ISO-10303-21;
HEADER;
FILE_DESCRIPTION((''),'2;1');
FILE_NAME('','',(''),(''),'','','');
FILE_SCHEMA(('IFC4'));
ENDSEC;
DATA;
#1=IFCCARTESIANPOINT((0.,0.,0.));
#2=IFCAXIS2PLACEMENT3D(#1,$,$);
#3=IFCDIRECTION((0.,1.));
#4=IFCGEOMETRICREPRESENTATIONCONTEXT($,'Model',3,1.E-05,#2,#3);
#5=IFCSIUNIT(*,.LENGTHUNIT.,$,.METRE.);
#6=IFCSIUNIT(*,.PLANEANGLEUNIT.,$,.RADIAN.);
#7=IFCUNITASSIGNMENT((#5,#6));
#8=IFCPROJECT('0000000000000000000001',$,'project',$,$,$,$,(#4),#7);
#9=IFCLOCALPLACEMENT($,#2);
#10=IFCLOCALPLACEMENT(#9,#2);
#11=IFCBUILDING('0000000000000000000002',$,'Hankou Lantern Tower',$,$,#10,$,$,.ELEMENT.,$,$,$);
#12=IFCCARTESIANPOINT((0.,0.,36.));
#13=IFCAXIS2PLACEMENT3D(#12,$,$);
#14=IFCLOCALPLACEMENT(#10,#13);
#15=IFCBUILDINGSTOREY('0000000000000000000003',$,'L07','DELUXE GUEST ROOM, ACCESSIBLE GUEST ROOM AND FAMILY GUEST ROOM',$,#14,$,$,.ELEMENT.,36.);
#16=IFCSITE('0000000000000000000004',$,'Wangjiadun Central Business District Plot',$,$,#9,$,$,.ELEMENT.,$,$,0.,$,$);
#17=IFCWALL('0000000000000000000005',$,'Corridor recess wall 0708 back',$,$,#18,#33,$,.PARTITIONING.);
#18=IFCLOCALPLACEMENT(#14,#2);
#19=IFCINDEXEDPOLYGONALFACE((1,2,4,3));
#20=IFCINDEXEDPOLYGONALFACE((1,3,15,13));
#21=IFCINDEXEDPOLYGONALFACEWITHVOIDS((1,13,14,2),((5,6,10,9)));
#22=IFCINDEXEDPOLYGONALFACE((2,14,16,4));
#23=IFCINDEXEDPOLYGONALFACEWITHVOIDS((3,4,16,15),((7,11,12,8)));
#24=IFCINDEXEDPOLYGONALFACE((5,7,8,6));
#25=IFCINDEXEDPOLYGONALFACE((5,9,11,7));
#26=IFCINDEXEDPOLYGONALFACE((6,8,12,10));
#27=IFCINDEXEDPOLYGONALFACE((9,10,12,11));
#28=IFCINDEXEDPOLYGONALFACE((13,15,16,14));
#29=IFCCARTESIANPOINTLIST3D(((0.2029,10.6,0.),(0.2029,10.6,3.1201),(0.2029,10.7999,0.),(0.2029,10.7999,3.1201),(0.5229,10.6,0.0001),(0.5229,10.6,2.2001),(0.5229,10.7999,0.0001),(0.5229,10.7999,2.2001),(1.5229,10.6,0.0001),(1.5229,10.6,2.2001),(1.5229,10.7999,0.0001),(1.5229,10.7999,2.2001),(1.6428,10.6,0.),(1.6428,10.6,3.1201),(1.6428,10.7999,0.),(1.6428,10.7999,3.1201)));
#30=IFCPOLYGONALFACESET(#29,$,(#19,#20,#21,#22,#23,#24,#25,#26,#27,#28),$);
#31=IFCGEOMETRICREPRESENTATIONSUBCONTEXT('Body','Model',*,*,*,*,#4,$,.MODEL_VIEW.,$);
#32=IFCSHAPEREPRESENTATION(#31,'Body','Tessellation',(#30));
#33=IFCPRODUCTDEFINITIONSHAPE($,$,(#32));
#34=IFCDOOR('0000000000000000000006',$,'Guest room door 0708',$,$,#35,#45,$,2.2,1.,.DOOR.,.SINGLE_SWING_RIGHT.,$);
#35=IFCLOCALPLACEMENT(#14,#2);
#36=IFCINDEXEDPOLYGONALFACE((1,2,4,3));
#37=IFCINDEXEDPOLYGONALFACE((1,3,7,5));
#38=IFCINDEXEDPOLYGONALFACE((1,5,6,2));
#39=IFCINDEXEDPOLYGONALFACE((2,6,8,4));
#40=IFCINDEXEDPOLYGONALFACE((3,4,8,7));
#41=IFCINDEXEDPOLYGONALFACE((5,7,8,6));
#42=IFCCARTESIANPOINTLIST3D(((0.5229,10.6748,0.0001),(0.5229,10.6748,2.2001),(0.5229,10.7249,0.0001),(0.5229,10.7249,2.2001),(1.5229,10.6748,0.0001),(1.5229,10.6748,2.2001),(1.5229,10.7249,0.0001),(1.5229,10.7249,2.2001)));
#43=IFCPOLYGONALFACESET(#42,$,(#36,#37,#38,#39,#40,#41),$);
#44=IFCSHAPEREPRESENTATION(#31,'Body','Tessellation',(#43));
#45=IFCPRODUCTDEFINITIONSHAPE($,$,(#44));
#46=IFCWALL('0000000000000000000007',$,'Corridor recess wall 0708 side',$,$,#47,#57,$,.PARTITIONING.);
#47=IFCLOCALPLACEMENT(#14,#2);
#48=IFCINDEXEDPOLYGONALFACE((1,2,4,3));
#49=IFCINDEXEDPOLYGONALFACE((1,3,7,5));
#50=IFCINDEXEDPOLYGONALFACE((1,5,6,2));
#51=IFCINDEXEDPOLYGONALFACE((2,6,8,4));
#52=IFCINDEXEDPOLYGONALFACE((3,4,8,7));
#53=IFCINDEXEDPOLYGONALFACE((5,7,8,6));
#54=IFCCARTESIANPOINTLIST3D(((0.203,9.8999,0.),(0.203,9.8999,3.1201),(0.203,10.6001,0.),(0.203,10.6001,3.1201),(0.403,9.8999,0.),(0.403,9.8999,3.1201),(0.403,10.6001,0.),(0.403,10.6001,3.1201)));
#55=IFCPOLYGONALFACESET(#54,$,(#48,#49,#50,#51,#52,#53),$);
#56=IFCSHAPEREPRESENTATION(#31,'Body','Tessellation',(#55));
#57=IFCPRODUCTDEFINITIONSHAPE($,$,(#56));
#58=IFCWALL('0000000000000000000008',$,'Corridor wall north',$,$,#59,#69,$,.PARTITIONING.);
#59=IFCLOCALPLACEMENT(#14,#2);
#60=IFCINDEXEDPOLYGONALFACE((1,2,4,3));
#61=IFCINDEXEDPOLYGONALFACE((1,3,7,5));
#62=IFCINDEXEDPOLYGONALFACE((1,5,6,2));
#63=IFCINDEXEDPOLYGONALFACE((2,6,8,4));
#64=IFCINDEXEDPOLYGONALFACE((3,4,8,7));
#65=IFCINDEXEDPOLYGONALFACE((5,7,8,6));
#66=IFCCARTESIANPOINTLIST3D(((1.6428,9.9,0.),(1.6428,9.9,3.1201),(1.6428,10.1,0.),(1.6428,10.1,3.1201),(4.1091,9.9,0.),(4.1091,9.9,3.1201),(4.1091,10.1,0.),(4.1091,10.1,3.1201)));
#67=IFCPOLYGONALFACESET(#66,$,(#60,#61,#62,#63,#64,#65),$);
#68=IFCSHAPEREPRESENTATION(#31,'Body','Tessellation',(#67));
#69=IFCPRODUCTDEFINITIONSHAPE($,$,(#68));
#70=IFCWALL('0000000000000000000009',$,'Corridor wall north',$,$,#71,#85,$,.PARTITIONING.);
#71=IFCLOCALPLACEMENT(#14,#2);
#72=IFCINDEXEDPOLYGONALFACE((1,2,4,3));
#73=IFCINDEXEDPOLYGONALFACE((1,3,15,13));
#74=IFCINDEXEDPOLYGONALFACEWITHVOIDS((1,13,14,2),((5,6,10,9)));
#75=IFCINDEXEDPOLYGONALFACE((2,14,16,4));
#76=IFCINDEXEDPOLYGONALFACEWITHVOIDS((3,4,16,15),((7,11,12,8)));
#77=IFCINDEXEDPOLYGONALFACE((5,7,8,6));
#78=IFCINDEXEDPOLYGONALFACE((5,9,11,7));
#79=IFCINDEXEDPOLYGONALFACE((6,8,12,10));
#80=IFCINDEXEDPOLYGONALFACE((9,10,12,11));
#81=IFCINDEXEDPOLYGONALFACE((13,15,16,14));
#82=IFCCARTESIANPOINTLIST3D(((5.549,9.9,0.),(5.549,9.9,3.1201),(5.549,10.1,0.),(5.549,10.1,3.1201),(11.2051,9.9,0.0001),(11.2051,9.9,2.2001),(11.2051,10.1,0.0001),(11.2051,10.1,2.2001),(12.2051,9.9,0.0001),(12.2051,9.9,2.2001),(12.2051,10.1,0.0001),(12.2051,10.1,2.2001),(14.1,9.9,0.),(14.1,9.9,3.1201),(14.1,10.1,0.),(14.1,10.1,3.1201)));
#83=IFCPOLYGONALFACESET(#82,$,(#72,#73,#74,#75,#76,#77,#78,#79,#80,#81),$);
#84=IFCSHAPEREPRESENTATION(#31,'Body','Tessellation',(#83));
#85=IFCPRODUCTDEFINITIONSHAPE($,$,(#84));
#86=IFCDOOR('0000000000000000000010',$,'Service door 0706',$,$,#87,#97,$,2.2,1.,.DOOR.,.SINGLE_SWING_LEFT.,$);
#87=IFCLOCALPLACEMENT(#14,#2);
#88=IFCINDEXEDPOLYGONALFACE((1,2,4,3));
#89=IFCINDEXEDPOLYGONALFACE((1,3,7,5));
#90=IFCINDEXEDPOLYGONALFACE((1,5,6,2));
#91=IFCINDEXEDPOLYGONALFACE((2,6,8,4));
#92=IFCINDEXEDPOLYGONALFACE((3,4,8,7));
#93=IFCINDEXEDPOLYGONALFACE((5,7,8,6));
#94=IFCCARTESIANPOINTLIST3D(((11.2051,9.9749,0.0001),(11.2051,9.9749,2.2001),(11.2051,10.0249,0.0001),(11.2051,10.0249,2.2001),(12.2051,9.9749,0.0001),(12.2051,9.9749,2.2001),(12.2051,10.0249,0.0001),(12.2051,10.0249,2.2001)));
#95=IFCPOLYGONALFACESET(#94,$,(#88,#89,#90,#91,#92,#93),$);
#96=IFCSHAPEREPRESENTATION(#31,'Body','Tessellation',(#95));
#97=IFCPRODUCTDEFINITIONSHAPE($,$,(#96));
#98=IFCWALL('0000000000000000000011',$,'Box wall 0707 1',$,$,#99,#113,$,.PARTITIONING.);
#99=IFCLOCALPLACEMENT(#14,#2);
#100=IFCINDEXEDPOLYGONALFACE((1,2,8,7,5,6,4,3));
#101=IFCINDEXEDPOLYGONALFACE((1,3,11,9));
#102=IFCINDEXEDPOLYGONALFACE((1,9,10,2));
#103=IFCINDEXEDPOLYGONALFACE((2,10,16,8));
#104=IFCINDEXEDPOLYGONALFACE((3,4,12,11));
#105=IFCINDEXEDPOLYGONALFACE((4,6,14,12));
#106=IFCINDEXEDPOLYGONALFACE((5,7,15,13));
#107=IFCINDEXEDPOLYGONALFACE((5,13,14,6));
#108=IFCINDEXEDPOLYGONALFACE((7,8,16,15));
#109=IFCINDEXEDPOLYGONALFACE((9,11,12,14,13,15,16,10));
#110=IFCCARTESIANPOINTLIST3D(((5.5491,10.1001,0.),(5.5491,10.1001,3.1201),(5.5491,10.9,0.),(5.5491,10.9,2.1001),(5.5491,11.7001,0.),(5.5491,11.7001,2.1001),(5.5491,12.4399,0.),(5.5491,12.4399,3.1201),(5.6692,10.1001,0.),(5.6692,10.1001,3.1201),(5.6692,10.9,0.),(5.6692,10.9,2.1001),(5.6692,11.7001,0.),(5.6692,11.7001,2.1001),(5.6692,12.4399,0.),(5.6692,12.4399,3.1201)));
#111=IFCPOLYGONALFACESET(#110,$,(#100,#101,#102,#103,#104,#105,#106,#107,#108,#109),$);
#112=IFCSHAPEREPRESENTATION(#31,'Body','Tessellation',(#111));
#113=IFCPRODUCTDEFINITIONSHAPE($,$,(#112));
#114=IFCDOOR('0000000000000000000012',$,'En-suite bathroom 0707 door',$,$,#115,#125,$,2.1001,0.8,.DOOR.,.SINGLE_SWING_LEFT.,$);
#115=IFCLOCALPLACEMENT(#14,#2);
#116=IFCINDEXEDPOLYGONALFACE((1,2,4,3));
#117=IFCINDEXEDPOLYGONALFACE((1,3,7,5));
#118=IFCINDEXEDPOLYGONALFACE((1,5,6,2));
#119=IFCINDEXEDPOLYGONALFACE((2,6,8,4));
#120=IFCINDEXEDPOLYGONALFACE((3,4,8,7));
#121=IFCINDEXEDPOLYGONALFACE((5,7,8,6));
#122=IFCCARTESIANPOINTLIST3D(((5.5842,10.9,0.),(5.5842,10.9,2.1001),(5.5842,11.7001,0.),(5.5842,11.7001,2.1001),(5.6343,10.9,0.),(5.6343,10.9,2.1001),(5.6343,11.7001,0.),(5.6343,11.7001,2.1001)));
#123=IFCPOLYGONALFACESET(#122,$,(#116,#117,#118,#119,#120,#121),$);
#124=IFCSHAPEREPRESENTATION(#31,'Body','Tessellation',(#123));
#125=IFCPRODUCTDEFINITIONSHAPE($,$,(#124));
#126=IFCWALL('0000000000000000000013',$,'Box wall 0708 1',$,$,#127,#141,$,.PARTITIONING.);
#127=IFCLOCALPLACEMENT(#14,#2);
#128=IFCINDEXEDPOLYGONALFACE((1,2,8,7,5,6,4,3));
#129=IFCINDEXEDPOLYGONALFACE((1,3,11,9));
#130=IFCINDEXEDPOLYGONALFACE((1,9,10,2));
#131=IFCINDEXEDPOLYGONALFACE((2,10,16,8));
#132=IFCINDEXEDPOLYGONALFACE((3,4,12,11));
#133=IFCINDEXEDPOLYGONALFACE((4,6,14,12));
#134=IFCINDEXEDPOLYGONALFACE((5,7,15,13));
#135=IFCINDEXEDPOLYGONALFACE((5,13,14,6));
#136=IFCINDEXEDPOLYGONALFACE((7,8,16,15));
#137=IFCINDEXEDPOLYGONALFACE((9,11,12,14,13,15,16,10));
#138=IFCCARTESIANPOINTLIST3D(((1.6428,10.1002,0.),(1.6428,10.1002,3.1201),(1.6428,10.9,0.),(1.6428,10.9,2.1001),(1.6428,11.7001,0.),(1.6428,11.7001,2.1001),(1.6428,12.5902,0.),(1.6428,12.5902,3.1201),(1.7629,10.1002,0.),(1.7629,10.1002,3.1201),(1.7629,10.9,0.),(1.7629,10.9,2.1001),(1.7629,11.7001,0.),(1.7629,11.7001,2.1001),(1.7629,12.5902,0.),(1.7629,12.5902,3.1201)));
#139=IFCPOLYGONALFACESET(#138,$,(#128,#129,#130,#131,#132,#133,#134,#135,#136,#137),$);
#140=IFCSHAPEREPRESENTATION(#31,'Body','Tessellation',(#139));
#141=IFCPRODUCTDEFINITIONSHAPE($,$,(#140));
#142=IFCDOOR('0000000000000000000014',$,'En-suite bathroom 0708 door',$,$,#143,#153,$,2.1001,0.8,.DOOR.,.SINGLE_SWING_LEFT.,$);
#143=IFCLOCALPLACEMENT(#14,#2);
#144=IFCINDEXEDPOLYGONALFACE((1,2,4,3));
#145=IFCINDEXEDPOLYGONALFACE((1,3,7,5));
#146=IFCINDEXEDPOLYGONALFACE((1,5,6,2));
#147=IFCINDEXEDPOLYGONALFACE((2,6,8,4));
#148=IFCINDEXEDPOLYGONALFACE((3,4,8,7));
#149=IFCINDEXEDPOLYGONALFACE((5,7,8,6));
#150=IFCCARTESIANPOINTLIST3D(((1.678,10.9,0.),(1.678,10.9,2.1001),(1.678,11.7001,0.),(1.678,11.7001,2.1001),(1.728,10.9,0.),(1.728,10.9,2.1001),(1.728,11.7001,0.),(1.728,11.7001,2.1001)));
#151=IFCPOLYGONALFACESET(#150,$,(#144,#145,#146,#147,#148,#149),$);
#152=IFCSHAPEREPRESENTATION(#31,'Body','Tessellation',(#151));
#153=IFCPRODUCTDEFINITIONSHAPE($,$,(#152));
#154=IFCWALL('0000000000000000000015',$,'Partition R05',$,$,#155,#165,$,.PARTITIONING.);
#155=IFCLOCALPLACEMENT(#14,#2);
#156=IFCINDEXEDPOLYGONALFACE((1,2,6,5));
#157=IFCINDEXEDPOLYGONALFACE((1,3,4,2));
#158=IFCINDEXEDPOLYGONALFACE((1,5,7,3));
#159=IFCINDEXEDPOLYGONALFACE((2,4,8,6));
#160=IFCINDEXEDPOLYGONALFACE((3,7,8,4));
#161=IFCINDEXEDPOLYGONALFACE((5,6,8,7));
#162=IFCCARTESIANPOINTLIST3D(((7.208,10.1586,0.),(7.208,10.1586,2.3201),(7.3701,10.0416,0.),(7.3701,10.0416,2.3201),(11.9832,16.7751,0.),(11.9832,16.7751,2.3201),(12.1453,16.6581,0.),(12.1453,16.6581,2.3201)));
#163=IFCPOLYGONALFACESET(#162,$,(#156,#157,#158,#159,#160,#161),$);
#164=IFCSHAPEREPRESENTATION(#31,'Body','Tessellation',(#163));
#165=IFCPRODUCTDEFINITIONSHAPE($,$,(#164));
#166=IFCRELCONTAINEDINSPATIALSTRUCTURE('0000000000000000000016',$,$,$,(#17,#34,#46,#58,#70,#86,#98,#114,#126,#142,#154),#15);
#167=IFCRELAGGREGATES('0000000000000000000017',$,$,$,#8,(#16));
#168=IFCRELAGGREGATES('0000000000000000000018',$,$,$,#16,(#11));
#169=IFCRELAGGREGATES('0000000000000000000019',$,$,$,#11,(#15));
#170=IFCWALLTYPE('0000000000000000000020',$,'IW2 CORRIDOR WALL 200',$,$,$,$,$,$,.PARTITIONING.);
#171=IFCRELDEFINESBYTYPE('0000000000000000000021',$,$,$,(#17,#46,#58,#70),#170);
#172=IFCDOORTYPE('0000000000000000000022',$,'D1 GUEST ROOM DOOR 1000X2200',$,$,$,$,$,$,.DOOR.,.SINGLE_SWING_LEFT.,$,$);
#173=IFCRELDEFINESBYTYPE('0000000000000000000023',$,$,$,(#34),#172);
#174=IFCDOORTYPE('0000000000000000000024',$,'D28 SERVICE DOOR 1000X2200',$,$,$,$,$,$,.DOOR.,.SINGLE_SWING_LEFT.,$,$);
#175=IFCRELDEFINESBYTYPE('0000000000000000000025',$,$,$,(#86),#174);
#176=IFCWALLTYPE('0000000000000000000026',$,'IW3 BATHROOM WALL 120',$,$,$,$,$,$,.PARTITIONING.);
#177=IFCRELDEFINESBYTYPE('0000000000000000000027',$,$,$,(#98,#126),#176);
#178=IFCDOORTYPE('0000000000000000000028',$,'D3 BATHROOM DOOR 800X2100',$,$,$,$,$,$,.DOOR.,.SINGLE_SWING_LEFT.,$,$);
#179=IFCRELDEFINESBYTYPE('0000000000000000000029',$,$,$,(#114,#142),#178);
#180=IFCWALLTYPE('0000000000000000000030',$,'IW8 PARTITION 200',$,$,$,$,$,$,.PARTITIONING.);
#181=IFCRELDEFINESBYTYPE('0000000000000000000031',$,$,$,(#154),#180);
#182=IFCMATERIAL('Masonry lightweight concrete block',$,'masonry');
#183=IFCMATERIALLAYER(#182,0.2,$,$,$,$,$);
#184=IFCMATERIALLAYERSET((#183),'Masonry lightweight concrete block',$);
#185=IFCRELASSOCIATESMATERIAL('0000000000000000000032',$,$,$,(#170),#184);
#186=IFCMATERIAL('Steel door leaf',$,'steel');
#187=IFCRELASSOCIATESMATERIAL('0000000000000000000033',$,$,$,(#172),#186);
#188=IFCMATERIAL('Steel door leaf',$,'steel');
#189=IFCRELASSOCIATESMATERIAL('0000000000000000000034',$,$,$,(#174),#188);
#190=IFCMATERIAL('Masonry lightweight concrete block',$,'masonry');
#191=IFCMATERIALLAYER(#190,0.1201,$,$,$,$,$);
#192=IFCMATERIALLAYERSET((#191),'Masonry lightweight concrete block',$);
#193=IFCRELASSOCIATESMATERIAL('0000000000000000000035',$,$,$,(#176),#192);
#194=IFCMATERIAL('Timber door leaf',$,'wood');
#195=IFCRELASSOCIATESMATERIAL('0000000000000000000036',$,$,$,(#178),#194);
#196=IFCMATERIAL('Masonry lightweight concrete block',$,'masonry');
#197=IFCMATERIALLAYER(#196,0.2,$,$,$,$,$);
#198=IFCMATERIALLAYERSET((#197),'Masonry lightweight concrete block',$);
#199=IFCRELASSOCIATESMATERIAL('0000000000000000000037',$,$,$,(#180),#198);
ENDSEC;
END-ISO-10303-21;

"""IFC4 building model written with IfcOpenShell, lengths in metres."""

from ifc_helpers import new_model, si_unit, direction, frame, frame_2d, origin, place, context, subcontext, project, spatial, rectangle, extrude, material, layer, layer_set, type_object, element, fill, save


model = new_model("IFC4")

# Units and contexts
model_context = context("Model", 3, precision=1e-05, world=origin(), true_north=direction((0.0, 1.0)))
body_context = subcontext(model_context, "Body", "Model", "MODEL_VIEW")
ifc_project = project(units=[si_unit("LENGTHUNIT", "METRE"), si_unit("PLANEANGLEUNIT", "RADIAN")], contexts=[model_context])

# Site, building, storey
site_placement = place(None, origin())
site = spatial("IfcSite", under=ifc_project, at=site_placement, Name="Wangjiadun Central Business District Plot", CompositionType="ELEMENT", RefElevation=0.0)
building_placement = place(site_placement, origin())
building = spatial("IfcBuilding", under=site, at=building_placement, Name="Hankou Lantern Tower", CompositionType="ELEMENT")
storey_placement = place(building_placement, frame((0.0, 0.0, 36.0)))
storey = spatial("IfcBuildingStorey", under=building, at=storey_placement, Name="L07", Description="DELUXE GUEST ROOM, ACCESSIBLE GUEST ROOM AND FAMILY GUEST ROOM", CompositionType="ELEMENT", Elevation=36.0)

# Shared definitions
ifc_material_1 = material(Name="Masonry lightweight concrete block", Category="masonry")
ifc_layer_1 = layer(ifc_material_1, 0.2)
ifc_layer_set_1 = layer_set([ifc_layer_1], Name="Masonry lightweight concrete block")
wall_type_1 = type_object("IfcWallType", Name="IW2 CORRIDOR WALL 200", PredefinedType="PARTITIONING", material=ifc_layer_set_1)

# Wall, opening, door
wall_1_placement = place(storey_placement, frame((0.2029, 10.7, 0.0), z_axis=(0.0, 0.0, 1.0), x_axis=(1.0, 0.0, 0.0)))
wall_1 = element("IfcWall", 1, at=wall_1_placement, inside=storey, type_object=wall_type_1, Name="Corridor recess wall 0708 back", PredefinedType="PARTITIONING", context=body_context, shape_type="SweptSolid", body=[
    extrude(rectangle(XDim=1.4399, YDim=0.2, at=frame_2d((0.72, 0.0))), origin(), (0.0, 0.0, 1.0), 3.1201),
])
opening_1_placement = place(wall_1_placement, frame((0.3201, 0.0, 0.0)))
opening_1 = element("IfcOpeningElement", 2, at=opening_1_placement, cuts=wall_1, PredefinedType="OPENING", context=body_context, shape_type="SweptSolid", body=[
    extrude(rectangle(XDim=1.0, YDim=2.2, at=frame_2d((0.5, 1.1001))), frame((0.0, 0.1099, 0.0), z_axis=(0.0, -1.0, 0.0), x_axis=(1.0, 0.0, 0.0)), (0.0, 0.0, 1.0), 0.22),
])
ifc_material_2 = material(Name="Steel door leaf", Category="steel")
door_type_1 = type_object("IfcDoorType", Name="D1 GUEST ROOM DOOR 1000X2200", OperationType="SINGLE_SWING_LEFT", PredefinedType="DOOR", material=ifc_material_2)
door_1_placement = place(opening_1_placement, origin())
door_1 = element("IfcDoor", 3, at=door_1_placement, inside=storey, type_object=door_type_1, Name="Guest room door 0708", OperationType="SINGLE_SWING_RIGHT", OverallHeight=2.2, OverallWidth=1.0, PredefinedType="DOOR", context=body_context, shape_type="SweptSolid", body=[
    extrude(rectangle(XDim=1.0, YDim=2.2, at=frame_2d((0.5, 1.1001))), frame((0.0, 0.0249, 0.0), z_axis=(0.0, -1.0, 0.0), x_axis=(1.0, 0.0, 0.0)), (0.0, 0.0, 1.0), 0.05),
])
fill(opening_1, door_1)

# Walls
wall_2_placement = place(storey_placement, frame((0.303, 9.8999, 0.0), z_axis=(0.0, 0.0, 1.0), x_axis=(0.0, 1.0, 0.0)))
element("IfcWall", 4, at=wall_2_placement, inside=storey, type_object=wall_type_1, Name="Corridor recess wall 0708 side", PredefinedType="PARTITIONING", context=body_context, shape_type="SweptSolid", body=[
    extrude(rectangle(XDim=0.7002, YDim=0.2, at=frame_2d((0.3501, 0.0))), origin(), (0.0, 0.0, 1.0), 3.1201),
])
wall_3_placement = place(storey_placement, frame((1.6428, 10.0, 0.0), z_axis=(0.0, 0.0, 1.0), x_axis=(1.0, 0.0, 0.0)))
element("IfcWall", 5, at=wall_3_placement, inside=storey, type_object=wall_type_1, Name="Corridor wall north", PredefinedType="PARTITIONING", context=body_context, shape_type="SweptSolid", body=[
    extrude(rectangle(XDim=2.4663, YDim=0.2, at=frame_2d((1.2332, 0.0))), origin(), (0.0, 0.0, 1.0), 3.1201),
])

# Walls, openings, doors
wall_4_placement = place(storey_placement, frame((5.5491, 10.0, 0.0), z_axis=(0.0, 0.0, 1.0), x_axis=(1.0, 0.0, 0.0)))
wall_4 = element("IfcWall", 6, at=wall_4_placement, inside=storey, type_object=wall_type_1, Name="Corridor wall north", PredefinedType="PARTITIONING", context=body_context, shape_type="SweptSolid", body=[
    extrude(rectangle(XDim=8.551, YDim=0.2, at=frame_2d((4.2754, 0.0))), origin(), (0.0, 0.0, 1.0), 3.1201),
])
opening_2_placement = place(wall_4_placement, frame((5.656, 0.0, 0.0)))
opening_2 = element("IfcOpeningElement", 7, at=opening_2_placement, cuts=wall_4, PredefinedType="OPENING", context=body_context, shape_type="SweptSolid", body=[
    extrude(rectangle(XDim=1.0, YDim=2.2, at=frame_2d((0.5, 1.1001))), frame((0.0, 0.1099, 0.0), z_axis=(0.0, -1.0, 0.0), x_axis=(1.0, 0.0, 0.0)), (0.0, 0.0, 1.0), 0.22),
])
ifc_material_3 = material(Name="Steel door leaf", Category="steel")
door_type_2 = type_object("IfcDoorType", Name="D28 SERVICE DOOR 1000X2200", OperationType="SINGLE_SWING_LEFT", PredefinedType="DOOR", material=ifc_material_3)
door_2_placement = place(opening_2_placement, origin())
door_2 = element("IfcDoor", 8, at=door_2_placement, inside=storey, type_object=door_type_2, Name="Service door 0706", OperationType="SINGLE_SWING_LEFT", OverallHeight=2.2, OverallWidth=1.0, PredefinedType="DOOR", context=body_context, shape_type="SweptSolid", body=[
    extrude(rectangle(XDim=1.0, YDim=2.2, at=frame_2d((0.5, 1.1001))), frame((0.0, 0.0249, 0.0), z_axis=(0.0, -1.0, 0.0), x_axis=(1.0, 0.0, 0.0)), (0.0, 0.0, 1.0), 0.05),
])
fill(opening_2, door_2)
ifc_material_4 = material(Name="Masonry lightweight concrete block", Category="masonry")
ifc_layer_2 = layer(ifc_material_4, 0.1201)
ifc_layer_set_2 = layer_set([ifc_layer_2], Name="Masonry lightweight concrete block")
wall_type_2 = type_object("IfcWallType", Name="IW3 BATHROOM WALL 120", PredefinedType="PARTITIONING", material=ifc_layer_set_2)
wall_5_placement = place(storey_placement, frame((5.6091, 10.1001, 0.0), z_axis=(0.0, 0.0, 1.0), x_axis=(0.0, 1.0, 0.0)))
wall_5 = element("IfcWall", 9, at=wall_5_placement, inside=storey, type_object=wall_type_2, Name="Box wall 0707 1", PredefinedType="PARTITIONING", context=body_context, shape_type="SweptSolid", body=[
    extrude(rectangle(XDim=2.3398, YDim=0.1201, at=frame_2d((1.1699, 0.0))), origin(), (0.0, 0.0, 1.0), 3.1201),
])
opening_3_placement = place(wall_5_placement, frame((0.8, 0.0, 0.0)))
opening_3 = element("IfcOpeningElement", 10, at=opening_3_placement, cuts=wall_5, PredefinedType="OPENING", context=body_context, shape_type="SweptSolid", body=[
    extrude(rectangle(XDim=0.8, YDim=2.1001, at=frame_2d((0.3999, 1.05))), frame((0.0, 0.0701, 0.0), z_axis=(0.0, -1.0, 0.0), x_axis=(1.0, 0.0, 0.0)), (0.0, 0.0, 1.0), 0.1401),
])
ifc_material_5 = material(Name="Timber door leaf", Category="wood")
door_type_3 = type_object("IfcDoorType", Name="D3 BATHROOM DOOR 800X2100", OperationType="SINGLE_SWING_LEFT", PredefinedType="DOOR", material=ifc_material_5)
door_3_placement = place(opening_3_placement, origin())
door_3 = element("IfcDoor", 11, at=door_3_placement, inside=storey, type_object=door_type_3, Name="En-suite bathroom 0707 door", OperationType="SINGLE_SWING_LEFT", OverallHeight=2.1001, OverallWidth=0.8, PredefinedType="DOOR", context=body_context, shape_type="SweptSolid", body=[
    extrude(rectangle(XDim=0.8, YDim=2.1001, at=frame_2d((0.3999, 1.05))), frame((0.0, 0.0249, 0.0), z_axis=(0.0, -1.0, 0.0), x_axis=(1.0, 0.0, 0.0)), (0.0, 0.0, 1.0), 0.05),
])
fill(opening_3, door_3)
wall_6_placement = place(storey_placement, frame((1.7029, 10.1001, 0.0), z_axis=(0.0, 0.0, 1.0), x_axis=(0.0, 1.0, 0.0)))
wall_6 = element("IfcWall", 12, at=wall_6_placement, inside=storey, type_object=wall_type_2, Name="Box wall 0708 1", PredefinedType="PARTITIONING", context=body_context, shape_type="SweptSolid", body=[
    extrude(rectangle(XDim=2.49, YDim=0.1201, at=frame_2d((1.2451, 0.0))), origin(), (0.0, 0.0, 1.0), 3.1201),
])
opening_4_placement = place(wall_6_placement, frame((0.8, 0.0, 0.0)))
opening_4 = element("IfcOpeningElement", 13, at=opening_4_placement, cuts=wall_6, PredefinedType="OPENING", context=body_context, shape_type="SweptSolid", body=[
    extrude(rectangle(XDim=0.8, YDim=2.1001, at=frame_2d((0.3999, 1.05))), frame((0.0, 0.0701, 0.0), z_axis=(0.0, -1.0, 0.0), x_axis=(1.0, 0.0, 0.0)), (0.0, 0.0, 1.0), 0.1401),
])
door_4_placement = place(opening_4_placement, origin())
door_4 = element("IfcDoor", 14, at=door_4_placement, inside=storey, type_object=door_type_3, Name="En-suite bathroom 0708 door", OperationType="SINGLE_SWING_LEFT", OverallHeight=2.1001, OverallWidth=0.8, PredefinedType="DOOR", context=body_context, shape_type="SweptSolid", body=[
    extrude(rectangle(XDim=0.8, YDim=2.1001, at=frame_2d((0.3999, 1.05))), frame((0.0, 0.0249, 0.0), z_axis=(0.0, -1.0, 0.0), x_axis=(1.0, 0.0, 0.0)), (0.0, 0.0, 1.0), 0.05),
])
fill(opening_4, door_4)

# Wall
ifc_material_6 = material(Name="Masonry lightweight concrete block", Category="masonry")
ifc_layer_3 = layer(ifc_material_6, 0.2)
ifc_layer_set_3 = layer_set([ifc_layer_3], Name="Masonry lightweight concrete block")
wall_type_3 = type_object("IfcWallType", Name="IW8 PARTITION 200", PredefinedType="PARTITIONING", material=ifc_layer_set_3)
wall_7_placement = place(storey_placement, frame((7.2891, 10.1001, 0.0), z_axis=(0.0, 0.0, 1.0), x_axis=(0.585216, 0.810877, 0.0)))
element("IfcWall", 15, at=wall_7_placement, inside=storey, type_object=wall_type_3, Name="Partition R05", PredefinedType="PARTITIONING", context=body_context, shape_type="SweptSolid", body=[
    extrude(rectangle(XDim=8.1597, YDim=0.2, at=frame_2d((4.0798, 0.0))), origin(), (0.0, 0.0, 1.0), 2.3201),
])

save(model, "model.ifc")
